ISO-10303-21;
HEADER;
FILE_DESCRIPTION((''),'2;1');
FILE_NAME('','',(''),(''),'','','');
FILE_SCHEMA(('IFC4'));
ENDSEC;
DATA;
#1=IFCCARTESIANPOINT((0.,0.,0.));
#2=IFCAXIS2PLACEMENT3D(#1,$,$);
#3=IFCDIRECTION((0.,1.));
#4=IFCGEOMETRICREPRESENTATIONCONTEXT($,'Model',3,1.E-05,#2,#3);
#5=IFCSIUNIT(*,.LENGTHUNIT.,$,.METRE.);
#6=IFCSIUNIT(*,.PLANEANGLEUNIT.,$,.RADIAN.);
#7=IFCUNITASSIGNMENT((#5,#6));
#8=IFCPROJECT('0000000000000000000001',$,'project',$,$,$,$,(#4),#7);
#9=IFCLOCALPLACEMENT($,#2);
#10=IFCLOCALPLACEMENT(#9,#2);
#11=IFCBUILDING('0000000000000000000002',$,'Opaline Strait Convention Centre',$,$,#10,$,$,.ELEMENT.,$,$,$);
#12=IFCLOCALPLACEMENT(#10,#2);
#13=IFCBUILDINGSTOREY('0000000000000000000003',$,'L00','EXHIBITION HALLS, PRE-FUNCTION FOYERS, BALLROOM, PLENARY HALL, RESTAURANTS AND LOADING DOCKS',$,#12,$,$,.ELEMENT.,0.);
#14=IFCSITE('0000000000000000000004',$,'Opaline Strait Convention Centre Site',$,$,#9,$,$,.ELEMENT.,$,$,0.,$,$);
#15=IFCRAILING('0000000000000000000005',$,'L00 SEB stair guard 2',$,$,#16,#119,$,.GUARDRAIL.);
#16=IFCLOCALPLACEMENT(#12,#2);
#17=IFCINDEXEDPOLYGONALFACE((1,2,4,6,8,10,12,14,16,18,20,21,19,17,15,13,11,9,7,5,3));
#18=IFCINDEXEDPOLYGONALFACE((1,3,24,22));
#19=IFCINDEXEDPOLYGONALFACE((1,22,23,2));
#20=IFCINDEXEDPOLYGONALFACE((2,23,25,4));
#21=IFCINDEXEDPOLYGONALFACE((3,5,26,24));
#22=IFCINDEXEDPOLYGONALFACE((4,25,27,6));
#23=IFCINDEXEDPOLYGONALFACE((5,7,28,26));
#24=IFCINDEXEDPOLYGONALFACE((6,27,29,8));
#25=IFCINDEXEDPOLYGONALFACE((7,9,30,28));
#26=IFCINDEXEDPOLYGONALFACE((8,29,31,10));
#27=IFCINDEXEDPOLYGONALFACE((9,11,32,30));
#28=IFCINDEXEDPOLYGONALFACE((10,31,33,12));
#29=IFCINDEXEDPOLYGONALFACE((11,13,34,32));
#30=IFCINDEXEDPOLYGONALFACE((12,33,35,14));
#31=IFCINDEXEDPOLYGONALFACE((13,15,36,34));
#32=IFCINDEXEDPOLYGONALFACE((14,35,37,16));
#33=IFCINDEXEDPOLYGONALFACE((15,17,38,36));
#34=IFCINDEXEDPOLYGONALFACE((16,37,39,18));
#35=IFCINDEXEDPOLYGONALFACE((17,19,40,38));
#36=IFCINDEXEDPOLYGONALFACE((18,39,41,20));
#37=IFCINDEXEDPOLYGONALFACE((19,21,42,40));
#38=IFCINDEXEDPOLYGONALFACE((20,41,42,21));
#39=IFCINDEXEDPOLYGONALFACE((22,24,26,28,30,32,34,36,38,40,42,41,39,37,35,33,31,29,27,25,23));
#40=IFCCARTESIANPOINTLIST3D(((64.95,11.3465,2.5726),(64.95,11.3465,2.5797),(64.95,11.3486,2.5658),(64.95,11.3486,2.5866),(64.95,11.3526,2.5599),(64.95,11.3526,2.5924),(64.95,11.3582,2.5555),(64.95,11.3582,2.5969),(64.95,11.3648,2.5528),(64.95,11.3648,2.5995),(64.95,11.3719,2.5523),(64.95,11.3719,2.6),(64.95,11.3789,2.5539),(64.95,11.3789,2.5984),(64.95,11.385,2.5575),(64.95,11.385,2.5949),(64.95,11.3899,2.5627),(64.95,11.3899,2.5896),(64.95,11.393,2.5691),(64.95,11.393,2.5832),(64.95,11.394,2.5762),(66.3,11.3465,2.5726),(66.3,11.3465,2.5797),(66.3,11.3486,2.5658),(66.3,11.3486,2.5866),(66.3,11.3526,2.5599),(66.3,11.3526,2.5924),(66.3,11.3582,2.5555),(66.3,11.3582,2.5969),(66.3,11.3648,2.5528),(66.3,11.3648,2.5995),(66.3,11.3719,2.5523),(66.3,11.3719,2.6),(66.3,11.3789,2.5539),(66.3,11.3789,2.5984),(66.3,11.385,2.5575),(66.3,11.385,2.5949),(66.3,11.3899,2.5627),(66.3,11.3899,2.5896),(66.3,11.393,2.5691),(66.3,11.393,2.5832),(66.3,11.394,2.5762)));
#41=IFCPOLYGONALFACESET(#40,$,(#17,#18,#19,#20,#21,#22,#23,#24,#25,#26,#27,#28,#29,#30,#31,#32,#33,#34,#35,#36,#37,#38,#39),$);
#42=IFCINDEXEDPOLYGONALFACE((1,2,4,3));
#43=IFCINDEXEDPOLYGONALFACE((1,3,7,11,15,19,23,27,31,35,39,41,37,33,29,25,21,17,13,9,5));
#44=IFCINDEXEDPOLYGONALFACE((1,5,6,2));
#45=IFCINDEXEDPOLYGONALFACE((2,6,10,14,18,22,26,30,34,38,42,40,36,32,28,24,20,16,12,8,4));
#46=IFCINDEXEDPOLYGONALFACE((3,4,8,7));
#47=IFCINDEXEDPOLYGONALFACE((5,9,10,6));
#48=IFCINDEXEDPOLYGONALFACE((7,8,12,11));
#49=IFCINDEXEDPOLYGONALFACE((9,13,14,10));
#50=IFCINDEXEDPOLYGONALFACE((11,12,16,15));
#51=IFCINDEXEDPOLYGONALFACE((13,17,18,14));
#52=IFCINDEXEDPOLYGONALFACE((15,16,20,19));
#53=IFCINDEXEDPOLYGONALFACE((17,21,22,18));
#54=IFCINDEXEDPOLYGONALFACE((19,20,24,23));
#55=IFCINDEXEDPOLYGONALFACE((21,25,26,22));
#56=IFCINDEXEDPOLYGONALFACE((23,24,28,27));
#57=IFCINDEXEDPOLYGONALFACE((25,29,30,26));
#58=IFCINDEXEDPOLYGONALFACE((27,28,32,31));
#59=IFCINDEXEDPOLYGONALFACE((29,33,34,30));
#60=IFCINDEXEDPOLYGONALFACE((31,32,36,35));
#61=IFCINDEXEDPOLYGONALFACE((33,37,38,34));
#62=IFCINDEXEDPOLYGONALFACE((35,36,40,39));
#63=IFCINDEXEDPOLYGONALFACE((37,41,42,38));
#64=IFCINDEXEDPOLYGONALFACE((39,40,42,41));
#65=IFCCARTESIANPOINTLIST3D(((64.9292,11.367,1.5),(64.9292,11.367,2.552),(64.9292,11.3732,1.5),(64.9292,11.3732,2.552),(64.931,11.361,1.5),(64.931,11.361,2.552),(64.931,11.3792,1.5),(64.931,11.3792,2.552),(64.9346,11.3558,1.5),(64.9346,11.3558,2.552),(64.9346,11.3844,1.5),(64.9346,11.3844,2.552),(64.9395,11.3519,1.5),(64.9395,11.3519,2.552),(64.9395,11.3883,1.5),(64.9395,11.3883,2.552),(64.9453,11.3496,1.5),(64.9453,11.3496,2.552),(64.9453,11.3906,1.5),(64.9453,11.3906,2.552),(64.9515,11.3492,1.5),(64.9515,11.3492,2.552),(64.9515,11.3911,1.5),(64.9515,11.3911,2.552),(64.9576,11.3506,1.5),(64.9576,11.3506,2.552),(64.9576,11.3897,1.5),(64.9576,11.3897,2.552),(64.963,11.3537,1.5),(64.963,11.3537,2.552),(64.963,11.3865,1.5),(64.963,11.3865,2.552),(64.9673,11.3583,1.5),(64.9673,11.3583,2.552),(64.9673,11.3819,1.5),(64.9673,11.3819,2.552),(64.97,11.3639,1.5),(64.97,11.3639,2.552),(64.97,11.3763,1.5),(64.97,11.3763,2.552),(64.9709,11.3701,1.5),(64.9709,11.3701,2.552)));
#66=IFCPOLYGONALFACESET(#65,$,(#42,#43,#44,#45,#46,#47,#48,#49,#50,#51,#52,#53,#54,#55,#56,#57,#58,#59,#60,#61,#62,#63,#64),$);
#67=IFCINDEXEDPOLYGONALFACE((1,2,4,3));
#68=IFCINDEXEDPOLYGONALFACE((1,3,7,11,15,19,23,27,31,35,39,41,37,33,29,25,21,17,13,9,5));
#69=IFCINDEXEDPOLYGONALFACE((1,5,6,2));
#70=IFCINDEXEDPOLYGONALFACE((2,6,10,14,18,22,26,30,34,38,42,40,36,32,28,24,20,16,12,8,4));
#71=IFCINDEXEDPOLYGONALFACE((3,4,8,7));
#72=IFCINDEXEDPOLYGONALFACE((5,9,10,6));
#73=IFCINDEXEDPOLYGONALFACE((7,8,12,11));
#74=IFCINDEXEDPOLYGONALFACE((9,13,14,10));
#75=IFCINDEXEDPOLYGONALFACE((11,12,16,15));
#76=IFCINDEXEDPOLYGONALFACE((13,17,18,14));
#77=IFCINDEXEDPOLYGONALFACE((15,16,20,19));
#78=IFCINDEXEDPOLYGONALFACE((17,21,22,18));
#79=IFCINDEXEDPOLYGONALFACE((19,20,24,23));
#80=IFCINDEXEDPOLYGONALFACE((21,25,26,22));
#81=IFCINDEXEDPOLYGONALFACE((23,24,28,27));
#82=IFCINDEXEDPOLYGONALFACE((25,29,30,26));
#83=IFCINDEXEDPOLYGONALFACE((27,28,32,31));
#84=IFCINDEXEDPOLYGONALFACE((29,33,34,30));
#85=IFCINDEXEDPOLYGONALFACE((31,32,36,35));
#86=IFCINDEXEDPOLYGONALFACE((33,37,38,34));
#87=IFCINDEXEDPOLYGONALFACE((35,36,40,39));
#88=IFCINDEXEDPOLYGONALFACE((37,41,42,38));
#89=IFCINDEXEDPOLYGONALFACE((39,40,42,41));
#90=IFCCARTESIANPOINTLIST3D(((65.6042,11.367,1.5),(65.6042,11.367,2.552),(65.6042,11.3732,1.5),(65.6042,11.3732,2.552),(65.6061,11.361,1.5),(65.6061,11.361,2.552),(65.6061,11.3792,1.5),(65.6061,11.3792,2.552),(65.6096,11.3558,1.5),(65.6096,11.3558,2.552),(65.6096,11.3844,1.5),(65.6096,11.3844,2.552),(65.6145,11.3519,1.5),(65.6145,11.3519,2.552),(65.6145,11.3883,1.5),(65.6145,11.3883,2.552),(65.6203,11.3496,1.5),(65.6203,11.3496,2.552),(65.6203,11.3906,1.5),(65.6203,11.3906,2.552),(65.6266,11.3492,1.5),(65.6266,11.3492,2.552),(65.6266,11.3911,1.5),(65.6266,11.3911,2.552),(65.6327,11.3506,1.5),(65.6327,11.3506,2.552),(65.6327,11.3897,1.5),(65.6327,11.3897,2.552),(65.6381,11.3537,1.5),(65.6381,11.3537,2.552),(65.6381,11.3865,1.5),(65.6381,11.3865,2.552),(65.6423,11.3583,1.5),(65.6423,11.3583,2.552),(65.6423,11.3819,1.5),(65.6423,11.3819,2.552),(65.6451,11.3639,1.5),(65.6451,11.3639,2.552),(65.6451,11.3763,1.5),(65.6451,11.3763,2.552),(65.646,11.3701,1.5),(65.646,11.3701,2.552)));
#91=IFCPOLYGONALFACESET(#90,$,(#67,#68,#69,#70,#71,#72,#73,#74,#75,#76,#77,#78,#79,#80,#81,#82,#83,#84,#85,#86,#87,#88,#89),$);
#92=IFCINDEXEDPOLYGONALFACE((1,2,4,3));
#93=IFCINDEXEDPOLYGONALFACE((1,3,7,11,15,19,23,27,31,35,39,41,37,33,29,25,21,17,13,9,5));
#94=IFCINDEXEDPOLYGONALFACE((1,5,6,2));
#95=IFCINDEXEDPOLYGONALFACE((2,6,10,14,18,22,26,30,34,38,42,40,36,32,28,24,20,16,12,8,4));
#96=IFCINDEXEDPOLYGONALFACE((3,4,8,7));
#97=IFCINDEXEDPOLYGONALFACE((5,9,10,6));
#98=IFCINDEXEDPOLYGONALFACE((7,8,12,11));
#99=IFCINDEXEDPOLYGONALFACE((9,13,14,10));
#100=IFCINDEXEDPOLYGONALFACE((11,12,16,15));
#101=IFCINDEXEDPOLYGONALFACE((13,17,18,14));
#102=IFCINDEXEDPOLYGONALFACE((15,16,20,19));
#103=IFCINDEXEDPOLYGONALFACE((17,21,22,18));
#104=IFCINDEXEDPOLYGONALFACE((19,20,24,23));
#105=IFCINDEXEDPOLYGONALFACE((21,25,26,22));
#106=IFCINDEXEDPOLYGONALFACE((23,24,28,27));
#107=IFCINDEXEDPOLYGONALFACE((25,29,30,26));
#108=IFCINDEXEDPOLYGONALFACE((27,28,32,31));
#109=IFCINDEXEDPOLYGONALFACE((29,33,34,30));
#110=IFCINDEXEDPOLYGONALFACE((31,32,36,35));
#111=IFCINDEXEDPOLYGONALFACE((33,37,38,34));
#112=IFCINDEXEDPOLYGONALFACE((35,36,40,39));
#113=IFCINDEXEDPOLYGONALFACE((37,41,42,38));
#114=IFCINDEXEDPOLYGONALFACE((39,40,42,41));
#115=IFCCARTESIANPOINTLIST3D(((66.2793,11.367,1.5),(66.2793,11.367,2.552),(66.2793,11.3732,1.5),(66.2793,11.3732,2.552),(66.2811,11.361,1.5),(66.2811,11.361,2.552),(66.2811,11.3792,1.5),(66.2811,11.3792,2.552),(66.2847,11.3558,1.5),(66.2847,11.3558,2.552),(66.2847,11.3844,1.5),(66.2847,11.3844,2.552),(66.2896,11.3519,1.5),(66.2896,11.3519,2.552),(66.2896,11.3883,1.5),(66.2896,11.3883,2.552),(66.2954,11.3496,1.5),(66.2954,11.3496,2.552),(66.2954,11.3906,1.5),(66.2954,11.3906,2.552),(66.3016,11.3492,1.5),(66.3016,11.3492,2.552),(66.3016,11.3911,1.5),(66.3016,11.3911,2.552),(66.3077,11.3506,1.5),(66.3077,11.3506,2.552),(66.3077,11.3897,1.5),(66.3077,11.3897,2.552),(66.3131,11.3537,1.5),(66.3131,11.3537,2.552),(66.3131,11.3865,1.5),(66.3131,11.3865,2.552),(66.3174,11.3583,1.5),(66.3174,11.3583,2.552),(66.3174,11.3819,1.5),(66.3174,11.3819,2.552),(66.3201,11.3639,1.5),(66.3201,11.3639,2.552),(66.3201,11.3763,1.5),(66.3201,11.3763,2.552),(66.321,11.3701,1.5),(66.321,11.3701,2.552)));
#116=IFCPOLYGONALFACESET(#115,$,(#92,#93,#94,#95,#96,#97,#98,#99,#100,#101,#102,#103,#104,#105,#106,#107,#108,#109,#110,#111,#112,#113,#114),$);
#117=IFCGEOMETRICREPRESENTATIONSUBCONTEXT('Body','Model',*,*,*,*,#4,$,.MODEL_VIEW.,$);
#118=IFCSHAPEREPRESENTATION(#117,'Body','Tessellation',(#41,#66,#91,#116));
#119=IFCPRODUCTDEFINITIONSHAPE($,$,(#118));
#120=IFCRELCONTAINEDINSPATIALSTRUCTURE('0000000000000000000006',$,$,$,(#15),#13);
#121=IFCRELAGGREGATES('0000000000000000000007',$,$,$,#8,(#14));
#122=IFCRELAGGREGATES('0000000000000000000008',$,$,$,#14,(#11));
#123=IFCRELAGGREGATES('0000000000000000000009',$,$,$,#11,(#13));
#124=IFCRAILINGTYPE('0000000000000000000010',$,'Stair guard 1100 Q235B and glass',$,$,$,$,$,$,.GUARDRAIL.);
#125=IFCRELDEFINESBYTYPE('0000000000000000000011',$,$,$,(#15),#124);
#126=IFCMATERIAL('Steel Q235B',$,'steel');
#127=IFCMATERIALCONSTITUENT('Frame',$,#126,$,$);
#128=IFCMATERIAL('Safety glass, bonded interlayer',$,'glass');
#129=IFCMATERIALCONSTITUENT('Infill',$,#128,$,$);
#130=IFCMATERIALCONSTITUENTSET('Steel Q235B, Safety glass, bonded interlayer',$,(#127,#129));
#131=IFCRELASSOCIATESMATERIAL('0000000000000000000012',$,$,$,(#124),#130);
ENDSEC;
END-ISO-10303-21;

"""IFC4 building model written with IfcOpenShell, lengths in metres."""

from ifc_helpers import new_model, si_unit, direction, frame, origin, origin_2d, place, context, subcontext, project, spatial, circle, extrude, material, constituent, constituent_set, type_object, element, save


model = new_model("IFC4")

# Units and contexts
model_context = context("Model", 3, precision=1e-05, world=origin(), true_north=direction((0.0, 1.0)))
body_context = subcontext(model_context, "Body", "Model", "MODEL_VIEW")
ifc_project = project(units=[si_unit("LENGTHUNIT", "METRE"), si_unit("PLANEANGLEUNIT", "RADIAN")], contexts=[model_context])

# Site, building, storey
site_placement = place(None, origin())
site = spatial("IfcSite", under=ifc_project, at=site_placement, Name="Opaline Strait Convention Centre Site", CompositionType="ELEMENT", RefElevation=0.0)
building_placement = place(site_placement, origin())
building = spatial("IfcBuilding", under=site, at=building_placement, Name="Opaline Strait Convention Centre", CompositionType="ELEMENT")
storey_placement = place(building_placement, origin())
storey = spatial("IfcBuildingStorey", under=building, at=storey_placement, Name="L00", Description="EXHIBITION HALLS, PRE-FUNCTION FOYERS, BALLROOM, PLENARY HALL, RESTAURANTS AND LOADING DOCKS", CompositionType="ELEMENT", Elevation=0.0)

# Railing
ifc_material_1 = material(Name="Steel Q235B", Category="steel")
ifc_constituent_1 = constituent(ifc_material_1, Name="Frame")
ifc_material_2 = material(Name="Safety glass, bonded interlayer", Category="glass")
ifc_constituent_2 = constituent(ifc_material_2, Name="Infill")
ifc_constituent_set = constituent_set(constituents=[ifc_constituent_1, ifc_constituent_2], Name="Steel Q235B, Safety glass, bonded interlayer")
railing_type_1 = type_object("IfcRailingType", Name="Stair guard 1100 Q235B and glass", PredefinedType="GUARDRAIL", material=ifc_constituent_set)
railing_1_placement = place(storey_placement, frame((64.95, 11.3701, 1.5)))
element("IfcRailing", 1, at=railing_1_placement, inside=storey, type_object=railing_type_1, Name="L00 SEB stair guard 2", PredefinedType="GUARDRAIL", context=body_context, shape_type="SweptSolid", body=[
    extrude(circle(Radius=0.0239, at=origin_2d()), frame((0.0, 0.0, 1.0762), z_axis=(1.0, 0.0, 0.0), x_axis=(0.0, 1.0, 0.0)), (0.0, 0.0, 1.0), 1.3501),
    extrude(circle(Radius=0.021, at=origin_2d()), origin(), (0.0, 0.0, 1.0), 1.052),
    extrude(circle(Radius=0.021, at=origin_2d()), frame((0.675, 0.0, 0.0)), (0.0, 0.0, 1.0), 1.052),
    extrude(circle(Radius=0.021, at=origin_2d()), frame((1.3501, 0.0, 0.0)), (0.0, 0.0, 1.0), 1.052),
])

save(model, "model.ifc")
